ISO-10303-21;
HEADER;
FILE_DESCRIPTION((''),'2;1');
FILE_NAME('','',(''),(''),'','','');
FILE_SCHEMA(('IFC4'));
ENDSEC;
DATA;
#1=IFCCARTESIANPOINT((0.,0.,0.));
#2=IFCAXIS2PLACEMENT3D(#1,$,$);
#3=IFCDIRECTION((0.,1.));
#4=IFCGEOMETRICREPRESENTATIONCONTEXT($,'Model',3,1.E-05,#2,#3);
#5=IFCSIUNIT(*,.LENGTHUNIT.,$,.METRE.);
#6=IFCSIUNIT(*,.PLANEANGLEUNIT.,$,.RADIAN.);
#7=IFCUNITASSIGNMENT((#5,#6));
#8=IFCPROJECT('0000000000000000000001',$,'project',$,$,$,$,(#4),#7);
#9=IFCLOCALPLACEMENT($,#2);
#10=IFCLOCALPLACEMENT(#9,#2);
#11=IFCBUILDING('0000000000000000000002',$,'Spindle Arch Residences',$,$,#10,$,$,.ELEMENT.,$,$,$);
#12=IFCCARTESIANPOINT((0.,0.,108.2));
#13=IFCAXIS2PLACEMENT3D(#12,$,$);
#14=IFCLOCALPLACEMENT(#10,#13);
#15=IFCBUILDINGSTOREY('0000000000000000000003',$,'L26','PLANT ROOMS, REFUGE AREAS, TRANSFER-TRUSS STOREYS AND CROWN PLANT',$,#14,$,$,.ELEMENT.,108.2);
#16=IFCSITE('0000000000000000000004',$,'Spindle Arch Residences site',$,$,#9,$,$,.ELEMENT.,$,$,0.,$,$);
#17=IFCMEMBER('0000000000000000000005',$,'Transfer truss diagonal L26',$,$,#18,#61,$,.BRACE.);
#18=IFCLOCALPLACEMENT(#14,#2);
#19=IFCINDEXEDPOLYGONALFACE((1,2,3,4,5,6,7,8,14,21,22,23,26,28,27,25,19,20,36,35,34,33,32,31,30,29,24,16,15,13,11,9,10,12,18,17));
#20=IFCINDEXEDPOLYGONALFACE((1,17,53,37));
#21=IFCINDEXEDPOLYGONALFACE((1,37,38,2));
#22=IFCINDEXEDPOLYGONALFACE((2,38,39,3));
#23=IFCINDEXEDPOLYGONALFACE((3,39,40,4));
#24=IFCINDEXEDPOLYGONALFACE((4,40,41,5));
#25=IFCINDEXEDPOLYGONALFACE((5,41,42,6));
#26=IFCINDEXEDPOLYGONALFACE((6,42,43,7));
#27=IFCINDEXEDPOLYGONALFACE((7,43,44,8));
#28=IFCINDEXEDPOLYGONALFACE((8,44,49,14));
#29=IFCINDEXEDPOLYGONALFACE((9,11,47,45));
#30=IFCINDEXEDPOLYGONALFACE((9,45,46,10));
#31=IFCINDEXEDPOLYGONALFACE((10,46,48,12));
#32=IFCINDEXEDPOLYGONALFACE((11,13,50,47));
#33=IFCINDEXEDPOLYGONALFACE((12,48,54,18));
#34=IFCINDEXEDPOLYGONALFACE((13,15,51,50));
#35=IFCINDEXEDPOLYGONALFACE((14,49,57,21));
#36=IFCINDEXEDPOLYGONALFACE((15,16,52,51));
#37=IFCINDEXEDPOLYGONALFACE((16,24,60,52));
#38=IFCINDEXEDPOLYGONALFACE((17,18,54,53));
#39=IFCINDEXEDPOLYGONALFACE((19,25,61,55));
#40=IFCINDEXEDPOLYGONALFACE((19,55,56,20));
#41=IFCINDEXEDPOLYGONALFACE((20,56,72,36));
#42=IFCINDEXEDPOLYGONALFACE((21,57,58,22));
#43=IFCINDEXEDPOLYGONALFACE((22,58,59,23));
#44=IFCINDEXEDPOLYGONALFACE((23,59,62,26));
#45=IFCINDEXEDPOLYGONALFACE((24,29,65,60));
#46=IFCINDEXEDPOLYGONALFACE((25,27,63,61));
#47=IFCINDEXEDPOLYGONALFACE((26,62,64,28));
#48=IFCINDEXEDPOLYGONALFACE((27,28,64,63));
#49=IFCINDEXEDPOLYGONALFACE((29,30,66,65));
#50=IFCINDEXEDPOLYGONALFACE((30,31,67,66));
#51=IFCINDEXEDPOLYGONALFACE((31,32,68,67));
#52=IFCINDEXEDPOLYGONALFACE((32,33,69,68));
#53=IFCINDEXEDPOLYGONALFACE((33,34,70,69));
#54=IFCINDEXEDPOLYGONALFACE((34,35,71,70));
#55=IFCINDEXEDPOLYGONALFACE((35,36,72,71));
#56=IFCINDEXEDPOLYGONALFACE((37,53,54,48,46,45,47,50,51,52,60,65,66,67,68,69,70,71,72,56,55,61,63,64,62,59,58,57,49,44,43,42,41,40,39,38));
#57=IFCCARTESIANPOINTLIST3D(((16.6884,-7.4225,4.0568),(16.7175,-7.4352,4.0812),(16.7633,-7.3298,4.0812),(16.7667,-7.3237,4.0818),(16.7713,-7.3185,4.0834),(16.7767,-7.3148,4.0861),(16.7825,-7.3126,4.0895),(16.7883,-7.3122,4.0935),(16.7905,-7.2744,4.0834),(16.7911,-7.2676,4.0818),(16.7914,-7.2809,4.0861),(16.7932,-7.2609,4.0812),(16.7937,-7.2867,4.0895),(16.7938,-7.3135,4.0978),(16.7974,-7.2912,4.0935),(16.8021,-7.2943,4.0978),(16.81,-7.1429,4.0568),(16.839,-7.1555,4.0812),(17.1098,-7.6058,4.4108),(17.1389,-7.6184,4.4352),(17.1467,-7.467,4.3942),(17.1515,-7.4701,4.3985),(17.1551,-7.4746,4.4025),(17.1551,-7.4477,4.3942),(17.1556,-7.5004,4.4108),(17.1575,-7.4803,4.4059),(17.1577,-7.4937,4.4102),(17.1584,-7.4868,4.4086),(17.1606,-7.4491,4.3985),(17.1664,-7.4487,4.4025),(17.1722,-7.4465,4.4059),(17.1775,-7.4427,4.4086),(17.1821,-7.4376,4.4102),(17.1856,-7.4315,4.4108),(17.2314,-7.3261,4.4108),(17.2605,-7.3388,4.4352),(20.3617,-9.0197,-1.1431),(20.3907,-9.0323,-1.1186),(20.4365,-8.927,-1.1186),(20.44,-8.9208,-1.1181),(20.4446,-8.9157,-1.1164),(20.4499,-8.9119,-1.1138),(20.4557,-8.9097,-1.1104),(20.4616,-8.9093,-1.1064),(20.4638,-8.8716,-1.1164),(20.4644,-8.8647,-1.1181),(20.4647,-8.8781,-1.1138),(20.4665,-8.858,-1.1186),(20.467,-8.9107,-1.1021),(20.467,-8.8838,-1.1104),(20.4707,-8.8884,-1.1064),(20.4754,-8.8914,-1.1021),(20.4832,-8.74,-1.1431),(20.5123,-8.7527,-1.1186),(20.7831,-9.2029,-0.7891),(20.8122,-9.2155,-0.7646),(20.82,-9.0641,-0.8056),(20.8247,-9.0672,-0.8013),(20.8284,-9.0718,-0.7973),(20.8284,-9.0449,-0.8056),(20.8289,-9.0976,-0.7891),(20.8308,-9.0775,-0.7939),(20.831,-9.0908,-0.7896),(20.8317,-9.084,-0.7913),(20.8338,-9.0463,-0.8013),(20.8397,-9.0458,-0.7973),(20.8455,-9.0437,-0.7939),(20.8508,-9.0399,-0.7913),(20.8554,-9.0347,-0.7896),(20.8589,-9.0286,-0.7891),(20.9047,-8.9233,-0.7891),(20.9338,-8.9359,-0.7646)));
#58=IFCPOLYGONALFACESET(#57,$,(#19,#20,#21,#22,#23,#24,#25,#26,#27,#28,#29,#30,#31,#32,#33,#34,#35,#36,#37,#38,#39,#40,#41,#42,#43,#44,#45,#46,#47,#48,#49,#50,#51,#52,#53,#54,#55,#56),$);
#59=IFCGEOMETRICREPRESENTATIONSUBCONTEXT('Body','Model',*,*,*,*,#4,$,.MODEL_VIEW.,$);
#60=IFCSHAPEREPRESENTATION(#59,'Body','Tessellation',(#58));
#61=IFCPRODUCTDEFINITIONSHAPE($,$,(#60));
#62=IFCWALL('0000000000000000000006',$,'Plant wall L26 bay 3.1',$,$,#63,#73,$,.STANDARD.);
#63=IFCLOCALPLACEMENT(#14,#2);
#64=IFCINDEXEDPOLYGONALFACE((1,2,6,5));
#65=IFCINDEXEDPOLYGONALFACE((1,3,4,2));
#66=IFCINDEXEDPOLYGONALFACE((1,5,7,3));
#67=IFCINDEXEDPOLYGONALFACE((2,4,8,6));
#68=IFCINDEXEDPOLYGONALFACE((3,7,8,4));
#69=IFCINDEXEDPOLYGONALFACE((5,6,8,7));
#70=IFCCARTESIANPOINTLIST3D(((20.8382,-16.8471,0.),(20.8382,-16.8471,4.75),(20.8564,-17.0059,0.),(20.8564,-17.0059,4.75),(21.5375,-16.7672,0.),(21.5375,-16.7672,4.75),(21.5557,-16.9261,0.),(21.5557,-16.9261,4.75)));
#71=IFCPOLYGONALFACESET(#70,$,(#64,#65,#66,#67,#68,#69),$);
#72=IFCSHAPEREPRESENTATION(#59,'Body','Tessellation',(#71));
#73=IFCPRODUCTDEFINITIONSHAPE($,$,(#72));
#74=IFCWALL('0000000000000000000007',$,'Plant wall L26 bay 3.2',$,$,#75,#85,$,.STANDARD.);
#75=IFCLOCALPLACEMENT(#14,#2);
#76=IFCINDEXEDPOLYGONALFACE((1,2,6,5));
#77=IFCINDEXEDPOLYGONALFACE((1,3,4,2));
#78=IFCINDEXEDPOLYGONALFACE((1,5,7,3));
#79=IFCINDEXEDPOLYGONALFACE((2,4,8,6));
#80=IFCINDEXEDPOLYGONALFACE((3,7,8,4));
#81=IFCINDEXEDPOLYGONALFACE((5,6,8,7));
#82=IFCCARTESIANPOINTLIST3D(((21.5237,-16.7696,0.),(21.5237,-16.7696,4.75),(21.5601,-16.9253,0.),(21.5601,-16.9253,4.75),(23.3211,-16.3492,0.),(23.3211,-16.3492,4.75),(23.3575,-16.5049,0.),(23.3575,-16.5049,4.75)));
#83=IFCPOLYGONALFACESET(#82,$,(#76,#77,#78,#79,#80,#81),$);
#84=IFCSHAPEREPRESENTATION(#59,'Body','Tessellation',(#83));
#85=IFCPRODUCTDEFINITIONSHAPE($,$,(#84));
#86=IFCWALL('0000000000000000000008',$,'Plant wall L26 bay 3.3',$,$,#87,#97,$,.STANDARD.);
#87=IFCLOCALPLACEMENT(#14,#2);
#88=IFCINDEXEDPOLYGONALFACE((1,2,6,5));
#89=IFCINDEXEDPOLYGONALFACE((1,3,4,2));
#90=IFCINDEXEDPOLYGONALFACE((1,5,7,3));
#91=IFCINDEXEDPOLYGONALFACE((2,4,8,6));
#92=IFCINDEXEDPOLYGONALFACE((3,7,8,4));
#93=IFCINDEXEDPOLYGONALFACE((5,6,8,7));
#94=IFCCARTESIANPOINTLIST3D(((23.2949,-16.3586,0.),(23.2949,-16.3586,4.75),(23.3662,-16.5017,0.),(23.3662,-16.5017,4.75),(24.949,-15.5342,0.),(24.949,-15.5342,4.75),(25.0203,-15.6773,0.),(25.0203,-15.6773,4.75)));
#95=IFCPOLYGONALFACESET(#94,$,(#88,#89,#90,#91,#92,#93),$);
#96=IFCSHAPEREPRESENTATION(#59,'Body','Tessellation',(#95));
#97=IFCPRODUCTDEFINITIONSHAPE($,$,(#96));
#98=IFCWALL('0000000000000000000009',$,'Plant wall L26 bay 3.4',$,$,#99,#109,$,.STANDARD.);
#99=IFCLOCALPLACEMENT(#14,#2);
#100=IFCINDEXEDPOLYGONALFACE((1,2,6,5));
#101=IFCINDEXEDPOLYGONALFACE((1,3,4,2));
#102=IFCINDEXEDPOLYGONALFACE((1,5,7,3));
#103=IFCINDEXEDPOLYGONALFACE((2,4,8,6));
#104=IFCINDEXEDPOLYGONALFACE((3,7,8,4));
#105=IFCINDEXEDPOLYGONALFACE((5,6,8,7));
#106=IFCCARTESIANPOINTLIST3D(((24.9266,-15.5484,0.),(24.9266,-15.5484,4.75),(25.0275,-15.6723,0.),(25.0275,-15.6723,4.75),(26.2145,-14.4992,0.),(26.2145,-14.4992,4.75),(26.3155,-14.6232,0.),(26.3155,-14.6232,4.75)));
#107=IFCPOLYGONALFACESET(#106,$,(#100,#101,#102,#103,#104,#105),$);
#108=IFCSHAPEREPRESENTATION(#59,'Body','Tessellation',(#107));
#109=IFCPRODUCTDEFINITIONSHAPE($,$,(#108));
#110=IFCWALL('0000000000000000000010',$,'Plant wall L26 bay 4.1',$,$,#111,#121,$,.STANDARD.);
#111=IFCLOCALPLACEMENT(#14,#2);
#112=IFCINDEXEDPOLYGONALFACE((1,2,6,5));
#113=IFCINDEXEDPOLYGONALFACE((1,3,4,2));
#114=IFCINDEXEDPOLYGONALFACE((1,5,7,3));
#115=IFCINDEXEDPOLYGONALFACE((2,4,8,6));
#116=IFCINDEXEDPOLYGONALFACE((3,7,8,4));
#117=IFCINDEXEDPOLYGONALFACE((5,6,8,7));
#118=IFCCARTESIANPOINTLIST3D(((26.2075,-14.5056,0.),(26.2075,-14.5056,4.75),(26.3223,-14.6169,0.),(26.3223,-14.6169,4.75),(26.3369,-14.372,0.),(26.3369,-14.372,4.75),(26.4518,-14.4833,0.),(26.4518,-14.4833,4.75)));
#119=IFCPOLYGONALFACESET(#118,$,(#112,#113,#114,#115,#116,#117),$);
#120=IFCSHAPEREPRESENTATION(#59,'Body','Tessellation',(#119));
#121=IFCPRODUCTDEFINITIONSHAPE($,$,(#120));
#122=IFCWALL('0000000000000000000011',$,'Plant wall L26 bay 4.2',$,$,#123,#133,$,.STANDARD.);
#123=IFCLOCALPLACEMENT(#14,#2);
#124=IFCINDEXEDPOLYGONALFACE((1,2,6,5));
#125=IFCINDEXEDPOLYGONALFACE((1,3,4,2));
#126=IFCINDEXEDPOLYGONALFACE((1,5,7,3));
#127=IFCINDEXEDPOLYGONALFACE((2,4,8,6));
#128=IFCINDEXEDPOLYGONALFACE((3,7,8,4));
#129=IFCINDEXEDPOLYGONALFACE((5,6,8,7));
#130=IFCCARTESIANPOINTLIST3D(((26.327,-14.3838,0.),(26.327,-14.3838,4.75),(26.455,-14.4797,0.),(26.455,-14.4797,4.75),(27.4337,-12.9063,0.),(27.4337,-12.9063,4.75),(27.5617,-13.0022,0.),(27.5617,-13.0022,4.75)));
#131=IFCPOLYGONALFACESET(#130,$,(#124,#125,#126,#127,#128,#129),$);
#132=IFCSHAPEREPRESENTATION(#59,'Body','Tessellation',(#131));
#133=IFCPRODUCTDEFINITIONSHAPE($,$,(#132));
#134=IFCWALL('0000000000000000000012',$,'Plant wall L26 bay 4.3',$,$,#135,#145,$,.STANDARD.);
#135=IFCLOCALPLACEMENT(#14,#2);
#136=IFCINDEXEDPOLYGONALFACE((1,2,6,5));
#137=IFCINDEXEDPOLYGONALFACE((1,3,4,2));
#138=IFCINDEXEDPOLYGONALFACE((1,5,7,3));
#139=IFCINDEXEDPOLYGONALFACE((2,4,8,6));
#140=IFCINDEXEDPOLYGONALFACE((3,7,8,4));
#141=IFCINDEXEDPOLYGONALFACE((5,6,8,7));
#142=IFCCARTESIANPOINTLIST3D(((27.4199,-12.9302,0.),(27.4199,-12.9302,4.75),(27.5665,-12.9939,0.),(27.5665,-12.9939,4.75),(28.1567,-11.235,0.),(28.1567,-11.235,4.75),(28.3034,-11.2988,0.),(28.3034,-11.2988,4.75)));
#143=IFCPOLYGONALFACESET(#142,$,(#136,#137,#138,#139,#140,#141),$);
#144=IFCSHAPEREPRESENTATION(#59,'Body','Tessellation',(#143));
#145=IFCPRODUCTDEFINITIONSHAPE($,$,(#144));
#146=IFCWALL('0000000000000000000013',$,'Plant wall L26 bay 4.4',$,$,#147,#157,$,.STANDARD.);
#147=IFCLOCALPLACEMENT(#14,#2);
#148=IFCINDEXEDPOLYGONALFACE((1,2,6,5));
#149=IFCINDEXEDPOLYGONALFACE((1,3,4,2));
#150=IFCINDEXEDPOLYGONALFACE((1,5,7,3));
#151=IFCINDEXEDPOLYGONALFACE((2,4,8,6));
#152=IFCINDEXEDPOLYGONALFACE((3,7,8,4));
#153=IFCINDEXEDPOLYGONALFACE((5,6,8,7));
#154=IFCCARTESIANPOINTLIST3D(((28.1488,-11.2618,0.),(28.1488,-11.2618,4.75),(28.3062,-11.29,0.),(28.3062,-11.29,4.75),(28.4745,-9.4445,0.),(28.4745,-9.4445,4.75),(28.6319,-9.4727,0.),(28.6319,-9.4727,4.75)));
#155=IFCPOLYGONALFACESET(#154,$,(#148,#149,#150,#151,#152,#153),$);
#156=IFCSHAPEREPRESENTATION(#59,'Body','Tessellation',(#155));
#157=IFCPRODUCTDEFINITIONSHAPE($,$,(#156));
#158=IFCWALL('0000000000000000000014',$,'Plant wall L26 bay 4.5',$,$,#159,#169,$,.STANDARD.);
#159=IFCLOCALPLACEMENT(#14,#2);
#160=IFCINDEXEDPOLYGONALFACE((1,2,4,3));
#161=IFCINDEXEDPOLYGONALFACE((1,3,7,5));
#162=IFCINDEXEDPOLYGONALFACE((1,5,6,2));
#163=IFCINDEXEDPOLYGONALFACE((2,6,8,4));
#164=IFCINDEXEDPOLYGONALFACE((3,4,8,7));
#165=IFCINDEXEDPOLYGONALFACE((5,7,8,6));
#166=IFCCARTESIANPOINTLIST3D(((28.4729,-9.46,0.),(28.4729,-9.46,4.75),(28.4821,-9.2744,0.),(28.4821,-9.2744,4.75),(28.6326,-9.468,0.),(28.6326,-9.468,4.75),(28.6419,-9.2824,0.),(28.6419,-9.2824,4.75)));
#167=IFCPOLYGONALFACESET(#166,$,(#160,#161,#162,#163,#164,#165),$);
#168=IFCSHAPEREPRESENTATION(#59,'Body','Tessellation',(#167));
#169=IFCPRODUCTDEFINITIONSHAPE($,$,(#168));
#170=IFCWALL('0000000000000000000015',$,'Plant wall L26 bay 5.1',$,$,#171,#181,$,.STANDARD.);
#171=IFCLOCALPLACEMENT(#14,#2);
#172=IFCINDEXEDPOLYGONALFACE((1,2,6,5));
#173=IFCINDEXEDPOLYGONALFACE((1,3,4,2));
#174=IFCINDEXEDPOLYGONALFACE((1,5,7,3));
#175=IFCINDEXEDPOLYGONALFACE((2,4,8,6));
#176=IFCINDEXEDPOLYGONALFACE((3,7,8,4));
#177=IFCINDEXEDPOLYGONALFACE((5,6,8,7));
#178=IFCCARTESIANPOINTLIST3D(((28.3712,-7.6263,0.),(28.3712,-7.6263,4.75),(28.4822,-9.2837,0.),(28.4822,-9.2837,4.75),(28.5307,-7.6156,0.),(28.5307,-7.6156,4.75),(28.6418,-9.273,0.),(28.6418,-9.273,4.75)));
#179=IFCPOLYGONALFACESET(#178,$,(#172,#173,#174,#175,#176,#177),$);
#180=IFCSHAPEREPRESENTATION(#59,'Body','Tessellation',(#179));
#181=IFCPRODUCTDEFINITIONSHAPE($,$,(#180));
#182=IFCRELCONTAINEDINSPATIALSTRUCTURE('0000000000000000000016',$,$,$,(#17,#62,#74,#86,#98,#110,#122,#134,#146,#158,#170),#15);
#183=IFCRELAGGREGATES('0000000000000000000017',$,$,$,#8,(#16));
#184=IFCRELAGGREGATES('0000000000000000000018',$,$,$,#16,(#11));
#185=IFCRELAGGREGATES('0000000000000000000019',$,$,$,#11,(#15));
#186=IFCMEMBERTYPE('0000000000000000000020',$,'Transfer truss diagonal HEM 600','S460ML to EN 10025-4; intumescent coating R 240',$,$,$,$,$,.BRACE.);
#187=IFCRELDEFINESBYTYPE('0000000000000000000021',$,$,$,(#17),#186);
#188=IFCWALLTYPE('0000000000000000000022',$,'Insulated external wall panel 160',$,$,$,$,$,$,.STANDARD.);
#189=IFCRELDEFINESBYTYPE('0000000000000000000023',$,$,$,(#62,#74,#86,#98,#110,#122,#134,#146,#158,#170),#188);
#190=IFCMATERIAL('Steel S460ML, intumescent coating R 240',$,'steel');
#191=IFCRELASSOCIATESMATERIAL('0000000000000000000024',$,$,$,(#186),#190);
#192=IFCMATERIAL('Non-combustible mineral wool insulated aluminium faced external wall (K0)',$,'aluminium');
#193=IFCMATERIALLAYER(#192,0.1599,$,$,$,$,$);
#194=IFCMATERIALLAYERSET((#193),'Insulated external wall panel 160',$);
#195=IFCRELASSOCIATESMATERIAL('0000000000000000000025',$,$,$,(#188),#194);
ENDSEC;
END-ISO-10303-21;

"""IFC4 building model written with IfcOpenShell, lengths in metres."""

from ifc_helpers import new_model, si_unit, direction, frame, frame_2d, origin, origin_2d, place, context, subcontext, project, spatial, rectangle, i_section, extrude, material, layer, layer_set, material_profile, profile_set, type_object, element, save


model = new_model("IFC4")

# Units and contexts
model_context = context("Model", 3, precision=1e-05, world=origin(), true_north=direction((0.0, 1.0)))
body_context = subcontext(model_context, "Body", "Model", "MODEL_VIEW")
ifc_project = project(units=[si_unit("LENGTHUNIT", "METRE"), si_unit("PLANEANGLEUNIT", "RADIAN")], contexts=[model_context])

# Site, building, storey
site_placement = place(None, origin())
site = spatial("IfcSite", under=ifc_project, at=site_placement, Name="Spindle Arch Residences site", CompositionType="ELEMENT", RefElevation=0.0)
building_placement = place(site_placement, origin())
building = spatial("IfcBuilding", under=site, at=building_placement, Name="Spindle Arch Residences", CompositionType="ELEMENT")
storey_placement = place(building_placement, frame((0.0, 0.0, 108.2)))
storey = spatial("IfcBuildingStorey", under=building, at=storey_placement, Name="L26", Description="PLANT ROOMS, REFUGE AREAS, TRANSFER-TRUSS STOREYS AND CROWN PLANT", CompositionType="ELEMENT", Elevation=108.2)

# Member
ifc_material_1 = material(Name="Steel S460ML, intumescent coating R 240", Category="steel")
ifc_material_profile_1 = material_profile(ifc_material_1, i_section(OverallWidth=0.3049, OverallDepth=0.6201, WebThickness=0.021, FlangeThickness=0.04, FilletRadius=0.0271, at=origin_2d()), Name="HEM 600")
ifc_profile_set_1 = profile_set([ifc_material_profile_1], Name="Steel S460ML, intumescent coating R 240")
member_type_1 = type_object("IfcMemberType", Name="Transfer truss diagonal HEM 600", Description="S460ML to EN 10025-4; intumescent coating R 240", PredefinedType="BRACE", material=ifc_profile_set_1)
member_1_placement = place(storey_placement, frame((20.6477, -8.9778, -0.9539), z_axis=(-0.559634, 0.243329, 0.792213), x_axis=(-0.398739, -0.917064, 0.0)))
element("IfcMember", 1, at=member_1_placement, inside=storey, type_object=member_type_1, Name="Transfer truss diagonal L26", PredefinedType="BRACE", context=body_context, shape_type="SweptSolid", body=[
    extrude(i_section(OverallWidth=0.3049, OverallDepth=0.6201, WebThickness=0.021, FlangeThickness=0.04, FilletRadius=0.0271, at=origin_2d()), origin(), (0.0, 0.0, 1.0), 6.5637),
])

# Walls
ifc_material_2 = material(Name="Non-combustible mineral wool insulated aluminium faced external wall (K0)", Category="aluminium")
ifc_layer = layer(ifc_material_2, 0.1599)
ifc_layer_set = layer_set([ifc_layer], Name="Insulated external wall panel 160")
wall_type = type_object("IfcWallType", Name="Insulated external wall panel 160", PredefinedType="STANDARD", material=ifc_layer_set)
wall_1_placement = place(storey_placement, frame((20.8472, -16.9265, 0.0), z_axis=(0.0, 0.0, 1.0), x_axis=(0.993545, 0.113439, 0.0)))
element("IfcWall", 2, at=wall_1_placement, inside=storey, type_object=wall_type, Name="Plant wall L26 bay 3.1", PredefinedType="STANDARD", context=body_context, shape_type="SweptSolid", body=[
    extrude(rectangle(XDim=0.7039, YDim=0.1599, at=frame_2d((0.3521, 0.0))), origin(), (0.0, 0.0, 1.0), 4.75),
])
wall_2_placement = place(storey_placement, frame((21.542, -16.8474, 0.0), z_axis=(0.0, 0.0, 1.0), x_axis=(0.973718, 0.227756, 0.0)))
element("IfcWall", 3, at=wall_2_placement, inside=storey, type_object=wall_type, Name="Plant wall L26 bay 3.2", PredefinedType="STANDARD", context=body_context, shape_type="SweptSolid", body=[
    extrude(rectangle(XDim=1.8459, YDim=0.1599, at=frame_2d((0.9229, 0.0))), origin(), (0.0, 0.0, 1.0), 4.75),
])
wall_3_placement = place(storey_placement, frame((23.3306, -16.4302, 0.0), z_axis=(0.0, 0.0, 1.0), x_axis=(0.894981, 0.446104, 0.0)))
element("IfcWall", 4, at=wall_3_placement, inside=storey, type_object=wall_type, Name="Plant wall L26 bay 3.3", PredefinedType="STANDARD", context=body_context, shape_type="SweptSolid", body=[
    extrude(rectangle(XDim=1.8481, YDim=0.1599, at=frame_2d((0.9241, 0.0))), origin(), (0.0, 0.0, 1.0), 4.75),
])
wall_4_placement = place(storey_placement, frame((24.9771, -15.6104, 0.0), z_axis=(0.0, 0.0, 1.0), x_axis=(0.775318, 0.631572, 0.0)))
element("IfcWall", 5, at=wall_4_placement, inside=storey, type_object=wall_type, Name="Plant wall L26 bay 3.4", PredefinedType="STANDARD", context=body_context, shape_type="SweptSolid", body=[
    extrude(rectangle(XDim=1.6611, YDim=0.1599, at=frame_2d((0.8306, 0.0))), origin(), (0.0, 0.0, 1.0), 4.75),
])
wall_5_placement = place(storey_placement, frame((26.2649, -14.5613, 0.0), z_axis=(0.0, 0.0, 1.0), x_axis=(0.695859, 0.718179, 0.0)))
element("IfcWall", 6, at=wall_5_placement, inside=storey, type_object=wall_type, Name="Plant wall L26 bay 4.1", PredefinedType="STANDARD", context=body_context, shape_type="SweptSolid", body=[
    extrude(rectangle(XDim=0.186, YDim=0.1599, at=frame_2d((0.093, 0.0))), origin(), (0.0, 0.0, 1.0), 4.75),
])
wall_6_placement = place(storey_placement, frame((26.3911, -14.4316, 0.0), z_axis=(0.0, 0.0, 1.0), x_axis=(0.599492, 0.800381, 0.0)))
element("IfcWall", 7, at=wall_6_placement, inside=storey, type_object=wall_type, Name="Plant wall L26 bay 4.2", PredefinedType="STANDARD", context=body_context, shape_type="SweptSolid", body=[
    extrude(rectangle(XDim=1.8459, YDim=0.1599, at=frame_2d((0.9229, 0.0))), origin(), (0.0, 0.0, 1.0), 4.75),
])
wall_7_placement = place(storey_placement, frame((27.4932, -12.9622, 0.0), z_axis=(0.0, 0.0, 1.0), x_axis=(0.398649, 0.917104, 0.0)))
element("IfcWall", 8, at=wall_7_placement, inside=storey, type_object=wall_type, Name="Plant wall L26 bay 4.3", PredefinedType="STANDARD", context=body_context, shape_type="SweptSolid", body=[
    extrude(rectangle(XDim=1.8484, YDim=0.1599, at=frame_2d((0.9243, 0.0))), origin(), (0.0, 0.0, 1.0), 4.75),
])
wall_8_placement = place(storey_placement, frame((28.2275, -11.2759, 0.0), z_axis=(0.0, 0.0, 1.0), x_axis=(0.176418, 0.984315, 0.0)))
element("IfcWall", 9, at=wall_8_placement, inside=storey, type_object=wall_type, Name="Plant wall L26 bay 4.4", PredefinedType="STANDARD", context=body_context, shape_type="SweptSolid", body=[
    extrude(rectangle(XDim=1.8462, YDim=0.1599, at=frame_2d((0.9231, 0.0))), origin(), (0.0, 0.0, 1.0), 4.75),
])
wall_9_placement = place(storey_placement, frame((28.5527, -9.4639, 0.0), z_axis=(0.0, 0.0, 1.0), x_axis=(0.049938, 0.998752, 0.0)))
element("IfcWall", 10, at=wall_9_placement, inside=storey, type_object=wall_type, Name="Plant wall L26 bay 4.5", PredefinedType="STANDARD", context=body_context, shape_type="SweptSolid", body=[
    extrude(rectangle(XDim=0.1858, YDim=0.1599, at=frame_2d((0.0928, 0.0))), origin(), (0.0, 0.0, 1.0), 4.75),
])
wall_10_placement = place(storey_placement, frame((28.562, -9.2783, 0.0), z_axis=(0.0, 0.0, 1.0), x_axis=(-0.06687, 0.997762, 0.0)))
element("IfcWall", 11, at=wall_10_placement, inside=storey, type_object=wall_type, Name="Plant wall L26 bay 5.1", PredefinedType="STANDARD", context=body_context, shape_type="SweptSolid", body=[
    extrude(rectangle(XDim=1.6611, YDim=0.1599, at=frame_2d((0.8306, 0.0))), origin(), (0.0, 0.0, 1.0), 4.75),
])

save(model, "model.ifc")
